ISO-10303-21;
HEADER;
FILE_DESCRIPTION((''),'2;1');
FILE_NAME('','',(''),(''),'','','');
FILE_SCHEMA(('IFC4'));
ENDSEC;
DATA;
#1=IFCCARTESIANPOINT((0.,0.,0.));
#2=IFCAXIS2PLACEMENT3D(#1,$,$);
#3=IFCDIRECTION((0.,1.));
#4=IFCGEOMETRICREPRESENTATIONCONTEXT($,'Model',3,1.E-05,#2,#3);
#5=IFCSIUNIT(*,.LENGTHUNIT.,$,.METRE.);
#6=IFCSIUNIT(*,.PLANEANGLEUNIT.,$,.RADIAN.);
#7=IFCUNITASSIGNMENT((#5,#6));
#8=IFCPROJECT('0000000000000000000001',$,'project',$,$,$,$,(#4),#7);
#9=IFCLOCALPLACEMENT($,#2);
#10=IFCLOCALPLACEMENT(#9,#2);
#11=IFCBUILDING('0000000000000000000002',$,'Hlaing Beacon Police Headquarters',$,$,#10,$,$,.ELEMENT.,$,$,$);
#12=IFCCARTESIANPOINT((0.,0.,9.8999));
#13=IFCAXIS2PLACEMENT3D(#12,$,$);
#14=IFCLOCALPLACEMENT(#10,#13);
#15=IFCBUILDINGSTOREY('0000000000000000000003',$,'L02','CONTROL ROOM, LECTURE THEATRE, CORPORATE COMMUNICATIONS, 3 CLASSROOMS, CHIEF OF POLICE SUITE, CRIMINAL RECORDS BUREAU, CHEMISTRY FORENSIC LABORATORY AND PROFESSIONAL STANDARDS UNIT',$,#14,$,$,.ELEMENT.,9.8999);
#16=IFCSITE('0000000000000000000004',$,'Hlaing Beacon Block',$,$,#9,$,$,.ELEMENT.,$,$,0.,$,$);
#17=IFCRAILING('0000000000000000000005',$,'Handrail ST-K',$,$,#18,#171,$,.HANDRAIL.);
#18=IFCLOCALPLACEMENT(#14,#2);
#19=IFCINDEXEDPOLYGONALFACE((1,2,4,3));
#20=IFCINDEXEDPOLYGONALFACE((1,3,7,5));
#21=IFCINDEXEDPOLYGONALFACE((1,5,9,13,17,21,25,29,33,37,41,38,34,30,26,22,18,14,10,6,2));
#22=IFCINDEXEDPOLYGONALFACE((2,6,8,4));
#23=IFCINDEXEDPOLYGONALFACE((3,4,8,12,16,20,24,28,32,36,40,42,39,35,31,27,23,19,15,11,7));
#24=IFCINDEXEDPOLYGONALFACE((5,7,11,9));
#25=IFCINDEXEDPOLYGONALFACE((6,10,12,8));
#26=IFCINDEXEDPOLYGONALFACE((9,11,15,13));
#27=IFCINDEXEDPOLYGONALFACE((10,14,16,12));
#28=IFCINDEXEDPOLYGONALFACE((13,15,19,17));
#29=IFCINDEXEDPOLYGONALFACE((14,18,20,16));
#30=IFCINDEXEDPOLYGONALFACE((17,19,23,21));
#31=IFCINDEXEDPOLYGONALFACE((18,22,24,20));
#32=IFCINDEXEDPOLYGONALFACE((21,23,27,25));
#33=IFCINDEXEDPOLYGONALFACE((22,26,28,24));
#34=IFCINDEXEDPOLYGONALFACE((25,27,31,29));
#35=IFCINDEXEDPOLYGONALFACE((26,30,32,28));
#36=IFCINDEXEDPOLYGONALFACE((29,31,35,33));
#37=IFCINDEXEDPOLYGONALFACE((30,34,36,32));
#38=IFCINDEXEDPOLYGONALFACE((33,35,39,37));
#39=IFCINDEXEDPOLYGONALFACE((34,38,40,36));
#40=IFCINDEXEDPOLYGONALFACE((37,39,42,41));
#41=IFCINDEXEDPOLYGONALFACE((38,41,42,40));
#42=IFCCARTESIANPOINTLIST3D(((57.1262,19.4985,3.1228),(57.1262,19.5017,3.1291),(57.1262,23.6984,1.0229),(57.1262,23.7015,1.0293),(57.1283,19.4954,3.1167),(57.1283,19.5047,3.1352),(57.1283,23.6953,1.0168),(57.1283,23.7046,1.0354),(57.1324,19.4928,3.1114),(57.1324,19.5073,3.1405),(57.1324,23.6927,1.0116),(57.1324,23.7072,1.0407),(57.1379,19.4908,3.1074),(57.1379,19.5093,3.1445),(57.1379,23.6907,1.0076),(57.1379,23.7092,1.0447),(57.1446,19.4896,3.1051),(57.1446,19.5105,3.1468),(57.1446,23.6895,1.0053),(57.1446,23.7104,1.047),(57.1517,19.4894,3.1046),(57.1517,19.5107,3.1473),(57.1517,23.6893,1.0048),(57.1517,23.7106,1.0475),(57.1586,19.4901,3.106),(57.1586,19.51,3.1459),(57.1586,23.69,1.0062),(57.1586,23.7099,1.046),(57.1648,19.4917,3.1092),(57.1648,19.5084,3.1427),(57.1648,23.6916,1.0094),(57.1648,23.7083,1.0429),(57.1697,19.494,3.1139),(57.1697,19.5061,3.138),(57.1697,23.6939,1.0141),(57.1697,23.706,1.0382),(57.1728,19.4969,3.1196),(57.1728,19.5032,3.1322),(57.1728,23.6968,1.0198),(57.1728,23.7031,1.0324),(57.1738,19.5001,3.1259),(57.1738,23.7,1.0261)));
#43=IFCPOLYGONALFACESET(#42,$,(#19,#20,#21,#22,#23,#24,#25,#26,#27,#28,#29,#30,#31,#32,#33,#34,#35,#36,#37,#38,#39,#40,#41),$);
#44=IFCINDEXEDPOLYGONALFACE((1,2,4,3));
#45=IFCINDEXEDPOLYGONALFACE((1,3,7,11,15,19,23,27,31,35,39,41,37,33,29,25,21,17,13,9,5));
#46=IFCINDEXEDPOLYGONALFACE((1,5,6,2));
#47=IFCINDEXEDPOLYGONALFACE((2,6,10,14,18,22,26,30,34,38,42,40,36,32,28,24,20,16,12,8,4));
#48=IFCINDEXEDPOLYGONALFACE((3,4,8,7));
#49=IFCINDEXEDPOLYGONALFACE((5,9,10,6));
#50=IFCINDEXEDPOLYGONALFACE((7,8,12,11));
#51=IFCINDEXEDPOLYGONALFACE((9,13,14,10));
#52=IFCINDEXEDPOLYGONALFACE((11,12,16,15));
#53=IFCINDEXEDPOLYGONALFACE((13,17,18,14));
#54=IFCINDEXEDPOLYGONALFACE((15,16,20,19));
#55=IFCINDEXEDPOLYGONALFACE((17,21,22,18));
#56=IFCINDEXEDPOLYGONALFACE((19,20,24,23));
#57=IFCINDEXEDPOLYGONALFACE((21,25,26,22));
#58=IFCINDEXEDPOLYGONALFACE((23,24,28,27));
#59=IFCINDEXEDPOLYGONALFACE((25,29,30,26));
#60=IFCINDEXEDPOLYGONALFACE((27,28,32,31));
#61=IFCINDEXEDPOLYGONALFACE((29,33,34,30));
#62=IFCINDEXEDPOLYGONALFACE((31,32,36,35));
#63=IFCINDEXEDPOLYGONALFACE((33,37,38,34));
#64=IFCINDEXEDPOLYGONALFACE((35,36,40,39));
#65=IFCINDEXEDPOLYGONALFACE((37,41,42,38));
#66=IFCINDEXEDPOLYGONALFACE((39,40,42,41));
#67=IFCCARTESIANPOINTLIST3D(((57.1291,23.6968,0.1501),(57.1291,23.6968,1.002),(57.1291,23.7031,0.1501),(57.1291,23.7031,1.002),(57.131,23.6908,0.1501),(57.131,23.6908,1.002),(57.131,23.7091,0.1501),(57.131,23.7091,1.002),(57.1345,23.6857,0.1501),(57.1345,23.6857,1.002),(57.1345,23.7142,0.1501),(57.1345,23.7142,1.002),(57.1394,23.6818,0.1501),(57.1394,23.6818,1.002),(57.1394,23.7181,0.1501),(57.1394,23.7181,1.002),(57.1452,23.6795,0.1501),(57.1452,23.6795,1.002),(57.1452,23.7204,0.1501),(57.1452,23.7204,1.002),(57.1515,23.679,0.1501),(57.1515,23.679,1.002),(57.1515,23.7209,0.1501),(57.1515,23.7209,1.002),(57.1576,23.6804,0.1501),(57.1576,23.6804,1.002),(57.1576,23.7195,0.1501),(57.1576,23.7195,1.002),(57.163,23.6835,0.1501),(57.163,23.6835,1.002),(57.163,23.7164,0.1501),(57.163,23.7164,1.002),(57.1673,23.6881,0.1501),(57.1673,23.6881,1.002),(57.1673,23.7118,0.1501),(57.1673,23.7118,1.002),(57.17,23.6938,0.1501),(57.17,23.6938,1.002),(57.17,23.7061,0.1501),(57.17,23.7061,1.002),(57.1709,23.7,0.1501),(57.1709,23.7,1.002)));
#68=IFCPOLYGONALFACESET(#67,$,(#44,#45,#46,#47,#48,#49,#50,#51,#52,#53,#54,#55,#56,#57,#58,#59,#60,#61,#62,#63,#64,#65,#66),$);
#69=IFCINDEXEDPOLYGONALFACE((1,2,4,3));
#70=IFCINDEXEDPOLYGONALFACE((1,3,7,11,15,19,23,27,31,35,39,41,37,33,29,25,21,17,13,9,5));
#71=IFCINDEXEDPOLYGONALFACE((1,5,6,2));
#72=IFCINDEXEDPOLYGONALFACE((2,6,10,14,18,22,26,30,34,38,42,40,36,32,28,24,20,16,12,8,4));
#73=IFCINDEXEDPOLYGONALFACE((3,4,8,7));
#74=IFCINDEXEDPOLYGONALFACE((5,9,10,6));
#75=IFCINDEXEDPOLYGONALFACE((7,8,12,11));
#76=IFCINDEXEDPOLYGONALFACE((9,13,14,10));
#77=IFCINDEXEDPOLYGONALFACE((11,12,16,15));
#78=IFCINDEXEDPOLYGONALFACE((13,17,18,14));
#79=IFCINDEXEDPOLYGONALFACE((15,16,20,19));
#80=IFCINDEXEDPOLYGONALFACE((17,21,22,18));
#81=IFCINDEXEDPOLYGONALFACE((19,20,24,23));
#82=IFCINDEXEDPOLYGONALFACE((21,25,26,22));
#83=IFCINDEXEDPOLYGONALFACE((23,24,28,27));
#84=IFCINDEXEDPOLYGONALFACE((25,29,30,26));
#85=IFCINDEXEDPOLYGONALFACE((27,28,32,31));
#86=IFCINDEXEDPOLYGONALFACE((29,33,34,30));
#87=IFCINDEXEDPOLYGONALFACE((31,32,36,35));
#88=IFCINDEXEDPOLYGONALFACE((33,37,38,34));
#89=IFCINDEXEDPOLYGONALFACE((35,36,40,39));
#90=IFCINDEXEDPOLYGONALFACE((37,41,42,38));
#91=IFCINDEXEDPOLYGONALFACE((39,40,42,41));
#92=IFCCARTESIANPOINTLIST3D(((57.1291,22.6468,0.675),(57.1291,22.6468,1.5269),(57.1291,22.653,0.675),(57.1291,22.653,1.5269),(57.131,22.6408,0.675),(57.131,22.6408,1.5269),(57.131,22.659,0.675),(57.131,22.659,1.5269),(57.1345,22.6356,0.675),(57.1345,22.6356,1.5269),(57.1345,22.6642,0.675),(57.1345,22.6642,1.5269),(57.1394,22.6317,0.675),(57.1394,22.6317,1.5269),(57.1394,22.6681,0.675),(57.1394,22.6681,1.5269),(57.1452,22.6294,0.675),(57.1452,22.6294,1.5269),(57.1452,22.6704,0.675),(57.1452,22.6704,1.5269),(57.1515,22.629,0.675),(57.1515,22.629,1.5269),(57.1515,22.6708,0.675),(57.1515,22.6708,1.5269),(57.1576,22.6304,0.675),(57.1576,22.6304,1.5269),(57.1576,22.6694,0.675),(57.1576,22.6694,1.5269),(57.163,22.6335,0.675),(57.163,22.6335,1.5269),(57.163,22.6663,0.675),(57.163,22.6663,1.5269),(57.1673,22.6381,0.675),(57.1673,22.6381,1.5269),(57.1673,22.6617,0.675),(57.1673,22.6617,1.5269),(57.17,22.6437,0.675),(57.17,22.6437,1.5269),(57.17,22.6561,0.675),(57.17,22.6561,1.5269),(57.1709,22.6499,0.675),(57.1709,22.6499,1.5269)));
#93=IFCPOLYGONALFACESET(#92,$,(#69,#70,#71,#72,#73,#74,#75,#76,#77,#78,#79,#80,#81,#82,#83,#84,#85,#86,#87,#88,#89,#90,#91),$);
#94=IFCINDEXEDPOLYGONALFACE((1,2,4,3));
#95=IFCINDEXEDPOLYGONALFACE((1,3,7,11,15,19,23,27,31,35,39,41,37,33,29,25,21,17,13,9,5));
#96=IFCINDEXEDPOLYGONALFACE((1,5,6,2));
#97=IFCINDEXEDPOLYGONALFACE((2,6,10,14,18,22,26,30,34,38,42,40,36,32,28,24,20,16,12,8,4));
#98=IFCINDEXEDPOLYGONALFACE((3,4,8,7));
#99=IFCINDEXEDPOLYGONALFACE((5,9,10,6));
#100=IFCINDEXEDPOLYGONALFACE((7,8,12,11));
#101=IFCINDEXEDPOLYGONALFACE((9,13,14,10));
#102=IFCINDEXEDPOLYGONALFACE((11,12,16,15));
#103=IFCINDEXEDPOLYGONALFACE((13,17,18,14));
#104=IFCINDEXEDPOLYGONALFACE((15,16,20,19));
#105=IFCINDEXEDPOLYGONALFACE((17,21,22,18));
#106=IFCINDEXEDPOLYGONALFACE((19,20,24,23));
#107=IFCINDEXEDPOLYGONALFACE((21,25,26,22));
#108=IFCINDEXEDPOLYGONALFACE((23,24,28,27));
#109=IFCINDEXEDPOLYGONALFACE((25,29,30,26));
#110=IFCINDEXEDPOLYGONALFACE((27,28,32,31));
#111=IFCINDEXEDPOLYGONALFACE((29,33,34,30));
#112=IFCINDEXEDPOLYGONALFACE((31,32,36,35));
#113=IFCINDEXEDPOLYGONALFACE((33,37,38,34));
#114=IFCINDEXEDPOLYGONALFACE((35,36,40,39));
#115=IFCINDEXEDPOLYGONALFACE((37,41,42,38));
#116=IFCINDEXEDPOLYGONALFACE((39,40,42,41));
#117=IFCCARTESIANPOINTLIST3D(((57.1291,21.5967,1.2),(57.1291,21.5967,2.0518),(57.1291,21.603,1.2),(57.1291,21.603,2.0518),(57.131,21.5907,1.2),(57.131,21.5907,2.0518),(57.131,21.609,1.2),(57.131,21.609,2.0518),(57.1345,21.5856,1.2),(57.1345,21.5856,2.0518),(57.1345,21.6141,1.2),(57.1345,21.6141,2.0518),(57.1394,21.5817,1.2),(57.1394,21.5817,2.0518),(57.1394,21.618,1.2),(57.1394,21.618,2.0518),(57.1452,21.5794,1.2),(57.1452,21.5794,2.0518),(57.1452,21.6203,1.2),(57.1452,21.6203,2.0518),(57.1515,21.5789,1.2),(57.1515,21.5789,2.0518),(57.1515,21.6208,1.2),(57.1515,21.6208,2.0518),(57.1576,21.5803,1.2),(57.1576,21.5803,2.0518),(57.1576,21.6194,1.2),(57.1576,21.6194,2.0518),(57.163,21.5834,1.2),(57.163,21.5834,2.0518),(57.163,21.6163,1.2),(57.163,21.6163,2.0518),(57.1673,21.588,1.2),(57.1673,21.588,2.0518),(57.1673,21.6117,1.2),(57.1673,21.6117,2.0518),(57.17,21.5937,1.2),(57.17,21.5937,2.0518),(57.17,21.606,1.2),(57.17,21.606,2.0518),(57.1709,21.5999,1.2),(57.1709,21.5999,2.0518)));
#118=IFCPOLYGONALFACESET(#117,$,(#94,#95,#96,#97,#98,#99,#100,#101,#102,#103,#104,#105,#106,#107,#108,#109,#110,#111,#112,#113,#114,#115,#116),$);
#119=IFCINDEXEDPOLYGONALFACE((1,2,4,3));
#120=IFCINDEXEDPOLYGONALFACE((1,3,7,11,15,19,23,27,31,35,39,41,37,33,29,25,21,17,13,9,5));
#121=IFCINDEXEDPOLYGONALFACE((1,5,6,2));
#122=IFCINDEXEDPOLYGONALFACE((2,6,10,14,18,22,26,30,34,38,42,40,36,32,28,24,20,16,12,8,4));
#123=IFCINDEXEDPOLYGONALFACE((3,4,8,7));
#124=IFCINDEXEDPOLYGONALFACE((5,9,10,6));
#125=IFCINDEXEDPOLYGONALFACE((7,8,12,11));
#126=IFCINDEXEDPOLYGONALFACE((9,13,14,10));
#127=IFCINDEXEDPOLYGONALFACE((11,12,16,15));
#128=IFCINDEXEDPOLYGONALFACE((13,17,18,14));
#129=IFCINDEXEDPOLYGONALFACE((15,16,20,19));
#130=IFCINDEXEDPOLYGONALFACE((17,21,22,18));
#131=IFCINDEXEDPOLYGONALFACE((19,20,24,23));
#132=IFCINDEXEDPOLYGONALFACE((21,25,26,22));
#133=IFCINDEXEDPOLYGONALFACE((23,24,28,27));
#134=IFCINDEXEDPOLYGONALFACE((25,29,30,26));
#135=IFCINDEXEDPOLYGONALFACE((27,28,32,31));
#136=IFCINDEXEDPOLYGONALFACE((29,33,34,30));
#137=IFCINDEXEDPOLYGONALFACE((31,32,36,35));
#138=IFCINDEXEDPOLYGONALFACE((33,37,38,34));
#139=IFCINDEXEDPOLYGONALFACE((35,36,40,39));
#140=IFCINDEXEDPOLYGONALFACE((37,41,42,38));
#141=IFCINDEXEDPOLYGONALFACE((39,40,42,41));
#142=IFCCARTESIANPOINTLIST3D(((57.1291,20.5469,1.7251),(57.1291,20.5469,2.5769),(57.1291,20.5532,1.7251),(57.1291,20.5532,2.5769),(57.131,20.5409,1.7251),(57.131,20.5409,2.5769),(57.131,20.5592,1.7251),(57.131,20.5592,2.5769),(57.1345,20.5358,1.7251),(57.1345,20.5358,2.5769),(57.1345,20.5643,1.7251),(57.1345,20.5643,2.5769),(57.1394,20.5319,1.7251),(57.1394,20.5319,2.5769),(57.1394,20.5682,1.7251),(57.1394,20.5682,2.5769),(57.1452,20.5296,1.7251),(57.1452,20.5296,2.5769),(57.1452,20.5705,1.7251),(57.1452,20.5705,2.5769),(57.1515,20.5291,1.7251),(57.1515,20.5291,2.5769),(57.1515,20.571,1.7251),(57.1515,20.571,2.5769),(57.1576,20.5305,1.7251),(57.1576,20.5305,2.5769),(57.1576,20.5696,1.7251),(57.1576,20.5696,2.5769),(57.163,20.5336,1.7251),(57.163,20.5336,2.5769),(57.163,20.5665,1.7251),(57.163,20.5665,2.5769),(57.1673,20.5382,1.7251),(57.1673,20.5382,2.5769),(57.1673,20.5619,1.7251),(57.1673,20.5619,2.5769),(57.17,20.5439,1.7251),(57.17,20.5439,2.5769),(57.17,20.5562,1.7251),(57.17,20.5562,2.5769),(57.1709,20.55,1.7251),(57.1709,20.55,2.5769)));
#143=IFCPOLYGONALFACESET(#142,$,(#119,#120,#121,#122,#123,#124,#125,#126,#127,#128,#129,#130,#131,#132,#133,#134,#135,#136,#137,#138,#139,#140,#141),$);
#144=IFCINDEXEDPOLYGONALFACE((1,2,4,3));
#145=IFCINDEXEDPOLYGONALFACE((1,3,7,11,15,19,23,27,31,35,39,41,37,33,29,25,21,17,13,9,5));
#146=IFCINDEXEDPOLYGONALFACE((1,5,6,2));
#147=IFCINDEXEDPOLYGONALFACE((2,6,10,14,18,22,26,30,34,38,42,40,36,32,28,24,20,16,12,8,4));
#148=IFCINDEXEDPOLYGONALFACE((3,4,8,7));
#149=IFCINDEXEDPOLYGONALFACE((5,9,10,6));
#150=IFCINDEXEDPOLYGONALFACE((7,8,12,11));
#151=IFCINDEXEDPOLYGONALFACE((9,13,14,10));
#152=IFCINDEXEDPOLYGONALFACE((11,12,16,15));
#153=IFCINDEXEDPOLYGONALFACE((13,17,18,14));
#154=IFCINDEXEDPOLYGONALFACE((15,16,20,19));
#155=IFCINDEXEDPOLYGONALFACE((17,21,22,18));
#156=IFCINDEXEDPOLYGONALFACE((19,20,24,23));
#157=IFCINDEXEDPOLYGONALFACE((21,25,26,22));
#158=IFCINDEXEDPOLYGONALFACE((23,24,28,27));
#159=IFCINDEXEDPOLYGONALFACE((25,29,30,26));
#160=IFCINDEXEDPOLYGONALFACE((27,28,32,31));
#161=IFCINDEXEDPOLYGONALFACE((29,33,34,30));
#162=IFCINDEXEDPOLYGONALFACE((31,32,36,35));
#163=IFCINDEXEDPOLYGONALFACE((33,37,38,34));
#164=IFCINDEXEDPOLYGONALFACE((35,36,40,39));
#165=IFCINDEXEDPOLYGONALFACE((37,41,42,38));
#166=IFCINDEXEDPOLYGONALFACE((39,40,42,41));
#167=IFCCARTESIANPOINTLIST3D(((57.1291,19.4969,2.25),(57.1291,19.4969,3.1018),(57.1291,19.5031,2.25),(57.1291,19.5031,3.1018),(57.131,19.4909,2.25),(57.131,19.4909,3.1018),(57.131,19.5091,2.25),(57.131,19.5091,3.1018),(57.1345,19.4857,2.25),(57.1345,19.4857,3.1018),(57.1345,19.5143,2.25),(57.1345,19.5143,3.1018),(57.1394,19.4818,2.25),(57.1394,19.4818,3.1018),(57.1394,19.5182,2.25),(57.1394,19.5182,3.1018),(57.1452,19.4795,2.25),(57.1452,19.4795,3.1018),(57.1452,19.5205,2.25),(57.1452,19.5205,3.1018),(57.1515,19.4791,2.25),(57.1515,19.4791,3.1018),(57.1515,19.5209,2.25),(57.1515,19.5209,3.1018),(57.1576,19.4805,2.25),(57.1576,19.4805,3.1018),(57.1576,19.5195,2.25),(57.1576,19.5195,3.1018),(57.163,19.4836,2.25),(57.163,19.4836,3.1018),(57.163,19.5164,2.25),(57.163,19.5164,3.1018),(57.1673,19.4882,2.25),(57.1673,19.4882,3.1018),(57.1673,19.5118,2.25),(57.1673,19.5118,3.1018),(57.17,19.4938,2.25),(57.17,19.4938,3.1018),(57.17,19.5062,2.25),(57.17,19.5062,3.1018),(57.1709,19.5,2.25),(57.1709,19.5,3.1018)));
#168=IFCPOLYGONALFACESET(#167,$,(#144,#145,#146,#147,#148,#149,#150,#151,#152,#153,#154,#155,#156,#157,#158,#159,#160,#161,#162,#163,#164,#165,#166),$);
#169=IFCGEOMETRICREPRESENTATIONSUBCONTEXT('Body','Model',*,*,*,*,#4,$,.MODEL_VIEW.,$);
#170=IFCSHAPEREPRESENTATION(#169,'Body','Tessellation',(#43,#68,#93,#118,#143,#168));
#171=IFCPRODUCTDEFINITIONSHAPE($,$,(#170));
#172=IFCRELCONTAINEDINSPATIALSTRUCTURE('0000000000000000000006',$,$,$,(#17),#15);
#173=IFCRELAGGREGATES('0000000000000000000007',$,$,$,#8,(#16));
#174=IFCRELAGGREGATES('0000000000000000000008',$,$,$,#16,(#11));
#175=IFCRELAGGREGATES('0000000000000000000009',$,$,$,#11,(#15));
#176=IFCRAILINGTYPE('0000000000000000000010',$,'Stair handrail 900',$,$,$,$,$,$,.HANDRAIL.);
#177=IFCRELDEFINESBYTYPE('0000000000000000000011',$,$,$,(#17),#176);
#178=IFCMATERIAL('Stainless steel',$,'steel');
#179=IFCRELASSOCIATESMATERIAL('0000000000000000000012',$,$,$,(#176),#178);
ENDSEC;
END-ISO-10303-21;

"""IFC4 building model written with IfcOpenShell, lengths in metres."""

from ifc_helpers import new_model, si_unit, direction, frame, origin, origin_2d, place, context, subcontext, project, spatial, circle, extrude, material, type_object, element, save


model = new_model("IFC4")

# Units and contexts
model_context = context("Model", 3, precision=1e-05, world=origin(), true_north=direction((0.0, 1.0)))
body_context = subcontext(model_context, "Body", "Model", "MODEL_VIEW")
ifc_project = project(units=[si_unit("LENGTHUNIT", "METRE"), si_unit("PLANEANGLEUNIT", "RADIAN")], contexts=[model_context])

# Site, building, storey
site_placement = place(None, origin())
site = spatial("IfcSite", under=ifc_project, at=site_placement, Name="Hlaing Beacon Block", CompositionType="ELEMENT", RefElevation=0.0)
building_placement = place(site_placement, origin())
building = spatial("IfcBuilding", under=site, at=building_placement, Name="Hlaing Beacon Police Headquarters", CompositionType="ELEMENT")
storey_placement = place(building_placement, frame((0.0, 0.0, 9.8999)))
storey = spatial("IfcBuildingStorey", under=building, at=storey_placement, Name="L02", Description="CONTROL ROOM, LECTURE THEATRE, CORPORATE COMMUNICATIONS, 3 CLASSROOMS, CHIEF OF POLICE SUITE, CRIMINAL RECORDS BUREAU, CHEMISTRY FORENSIC LABORATORY AND PROFESSIONAL STANDARDS UNIT", CompositionType="ELEMENT", Elevation=9.8999)

# Railing
ifc_material_1 = material(Name="Stainless steel", Category="steel")
railing_type_1 = type_object("IfcRailingType", Name="Stair handrail 900", PredefinedType="HANDRAIL", material=ifc_material_1)
for number, where, name in (
    (1, (57.1499, 23.7, 0.1501), "Handrail ST-K"),
):
    element("IfcRailing", number, at=place(storey_placement, frame(where)), inside=storey, type_object=railing_type_1, Name=name, PredefinedType="HANDRAIL", context=body_context, shape_type="SweptSolid", body=[
        extrude(circle(Radius=0.0239, at=origin_2d()), frame((0.0, 0.0, 0.876), z_axis=(0.0, -0.894438, 0.447193), x_axis=(1.0, 0.0, 0.0)), (0.0, 0.0, 1.0), 4.6956),
        extrude(circle(Radius=0.021, at=origin_2d()), origin(), (0.0, 0.0, 1.0), 0.8518),
        extrude(circle(Radius=0.021, at=origin_2d()), frame((0.0, -1.05, 0.5249)), (0.0, 0.0, 1.0), 0.8518),
        extrude(circle(Radius=0.021, at=origin_2d()), frame((0.0, -2.1001, 1.0498)), (0.0, 0.0, 1.0), 0.8518),
        extrude(circle(Radius=0.021, at=origin_2d()), frame((0.0, -3.1499, 1.575)), (0.0, 0.0, 1.0), 0.8518),
        extrude(circle(Radius=0.021, at=origin_2d()), frame((0.0, -4.2, 2.0999)), (0.0, 0.0, 1.0), 0.8518),
    ])

save(model, "model.ifc")
